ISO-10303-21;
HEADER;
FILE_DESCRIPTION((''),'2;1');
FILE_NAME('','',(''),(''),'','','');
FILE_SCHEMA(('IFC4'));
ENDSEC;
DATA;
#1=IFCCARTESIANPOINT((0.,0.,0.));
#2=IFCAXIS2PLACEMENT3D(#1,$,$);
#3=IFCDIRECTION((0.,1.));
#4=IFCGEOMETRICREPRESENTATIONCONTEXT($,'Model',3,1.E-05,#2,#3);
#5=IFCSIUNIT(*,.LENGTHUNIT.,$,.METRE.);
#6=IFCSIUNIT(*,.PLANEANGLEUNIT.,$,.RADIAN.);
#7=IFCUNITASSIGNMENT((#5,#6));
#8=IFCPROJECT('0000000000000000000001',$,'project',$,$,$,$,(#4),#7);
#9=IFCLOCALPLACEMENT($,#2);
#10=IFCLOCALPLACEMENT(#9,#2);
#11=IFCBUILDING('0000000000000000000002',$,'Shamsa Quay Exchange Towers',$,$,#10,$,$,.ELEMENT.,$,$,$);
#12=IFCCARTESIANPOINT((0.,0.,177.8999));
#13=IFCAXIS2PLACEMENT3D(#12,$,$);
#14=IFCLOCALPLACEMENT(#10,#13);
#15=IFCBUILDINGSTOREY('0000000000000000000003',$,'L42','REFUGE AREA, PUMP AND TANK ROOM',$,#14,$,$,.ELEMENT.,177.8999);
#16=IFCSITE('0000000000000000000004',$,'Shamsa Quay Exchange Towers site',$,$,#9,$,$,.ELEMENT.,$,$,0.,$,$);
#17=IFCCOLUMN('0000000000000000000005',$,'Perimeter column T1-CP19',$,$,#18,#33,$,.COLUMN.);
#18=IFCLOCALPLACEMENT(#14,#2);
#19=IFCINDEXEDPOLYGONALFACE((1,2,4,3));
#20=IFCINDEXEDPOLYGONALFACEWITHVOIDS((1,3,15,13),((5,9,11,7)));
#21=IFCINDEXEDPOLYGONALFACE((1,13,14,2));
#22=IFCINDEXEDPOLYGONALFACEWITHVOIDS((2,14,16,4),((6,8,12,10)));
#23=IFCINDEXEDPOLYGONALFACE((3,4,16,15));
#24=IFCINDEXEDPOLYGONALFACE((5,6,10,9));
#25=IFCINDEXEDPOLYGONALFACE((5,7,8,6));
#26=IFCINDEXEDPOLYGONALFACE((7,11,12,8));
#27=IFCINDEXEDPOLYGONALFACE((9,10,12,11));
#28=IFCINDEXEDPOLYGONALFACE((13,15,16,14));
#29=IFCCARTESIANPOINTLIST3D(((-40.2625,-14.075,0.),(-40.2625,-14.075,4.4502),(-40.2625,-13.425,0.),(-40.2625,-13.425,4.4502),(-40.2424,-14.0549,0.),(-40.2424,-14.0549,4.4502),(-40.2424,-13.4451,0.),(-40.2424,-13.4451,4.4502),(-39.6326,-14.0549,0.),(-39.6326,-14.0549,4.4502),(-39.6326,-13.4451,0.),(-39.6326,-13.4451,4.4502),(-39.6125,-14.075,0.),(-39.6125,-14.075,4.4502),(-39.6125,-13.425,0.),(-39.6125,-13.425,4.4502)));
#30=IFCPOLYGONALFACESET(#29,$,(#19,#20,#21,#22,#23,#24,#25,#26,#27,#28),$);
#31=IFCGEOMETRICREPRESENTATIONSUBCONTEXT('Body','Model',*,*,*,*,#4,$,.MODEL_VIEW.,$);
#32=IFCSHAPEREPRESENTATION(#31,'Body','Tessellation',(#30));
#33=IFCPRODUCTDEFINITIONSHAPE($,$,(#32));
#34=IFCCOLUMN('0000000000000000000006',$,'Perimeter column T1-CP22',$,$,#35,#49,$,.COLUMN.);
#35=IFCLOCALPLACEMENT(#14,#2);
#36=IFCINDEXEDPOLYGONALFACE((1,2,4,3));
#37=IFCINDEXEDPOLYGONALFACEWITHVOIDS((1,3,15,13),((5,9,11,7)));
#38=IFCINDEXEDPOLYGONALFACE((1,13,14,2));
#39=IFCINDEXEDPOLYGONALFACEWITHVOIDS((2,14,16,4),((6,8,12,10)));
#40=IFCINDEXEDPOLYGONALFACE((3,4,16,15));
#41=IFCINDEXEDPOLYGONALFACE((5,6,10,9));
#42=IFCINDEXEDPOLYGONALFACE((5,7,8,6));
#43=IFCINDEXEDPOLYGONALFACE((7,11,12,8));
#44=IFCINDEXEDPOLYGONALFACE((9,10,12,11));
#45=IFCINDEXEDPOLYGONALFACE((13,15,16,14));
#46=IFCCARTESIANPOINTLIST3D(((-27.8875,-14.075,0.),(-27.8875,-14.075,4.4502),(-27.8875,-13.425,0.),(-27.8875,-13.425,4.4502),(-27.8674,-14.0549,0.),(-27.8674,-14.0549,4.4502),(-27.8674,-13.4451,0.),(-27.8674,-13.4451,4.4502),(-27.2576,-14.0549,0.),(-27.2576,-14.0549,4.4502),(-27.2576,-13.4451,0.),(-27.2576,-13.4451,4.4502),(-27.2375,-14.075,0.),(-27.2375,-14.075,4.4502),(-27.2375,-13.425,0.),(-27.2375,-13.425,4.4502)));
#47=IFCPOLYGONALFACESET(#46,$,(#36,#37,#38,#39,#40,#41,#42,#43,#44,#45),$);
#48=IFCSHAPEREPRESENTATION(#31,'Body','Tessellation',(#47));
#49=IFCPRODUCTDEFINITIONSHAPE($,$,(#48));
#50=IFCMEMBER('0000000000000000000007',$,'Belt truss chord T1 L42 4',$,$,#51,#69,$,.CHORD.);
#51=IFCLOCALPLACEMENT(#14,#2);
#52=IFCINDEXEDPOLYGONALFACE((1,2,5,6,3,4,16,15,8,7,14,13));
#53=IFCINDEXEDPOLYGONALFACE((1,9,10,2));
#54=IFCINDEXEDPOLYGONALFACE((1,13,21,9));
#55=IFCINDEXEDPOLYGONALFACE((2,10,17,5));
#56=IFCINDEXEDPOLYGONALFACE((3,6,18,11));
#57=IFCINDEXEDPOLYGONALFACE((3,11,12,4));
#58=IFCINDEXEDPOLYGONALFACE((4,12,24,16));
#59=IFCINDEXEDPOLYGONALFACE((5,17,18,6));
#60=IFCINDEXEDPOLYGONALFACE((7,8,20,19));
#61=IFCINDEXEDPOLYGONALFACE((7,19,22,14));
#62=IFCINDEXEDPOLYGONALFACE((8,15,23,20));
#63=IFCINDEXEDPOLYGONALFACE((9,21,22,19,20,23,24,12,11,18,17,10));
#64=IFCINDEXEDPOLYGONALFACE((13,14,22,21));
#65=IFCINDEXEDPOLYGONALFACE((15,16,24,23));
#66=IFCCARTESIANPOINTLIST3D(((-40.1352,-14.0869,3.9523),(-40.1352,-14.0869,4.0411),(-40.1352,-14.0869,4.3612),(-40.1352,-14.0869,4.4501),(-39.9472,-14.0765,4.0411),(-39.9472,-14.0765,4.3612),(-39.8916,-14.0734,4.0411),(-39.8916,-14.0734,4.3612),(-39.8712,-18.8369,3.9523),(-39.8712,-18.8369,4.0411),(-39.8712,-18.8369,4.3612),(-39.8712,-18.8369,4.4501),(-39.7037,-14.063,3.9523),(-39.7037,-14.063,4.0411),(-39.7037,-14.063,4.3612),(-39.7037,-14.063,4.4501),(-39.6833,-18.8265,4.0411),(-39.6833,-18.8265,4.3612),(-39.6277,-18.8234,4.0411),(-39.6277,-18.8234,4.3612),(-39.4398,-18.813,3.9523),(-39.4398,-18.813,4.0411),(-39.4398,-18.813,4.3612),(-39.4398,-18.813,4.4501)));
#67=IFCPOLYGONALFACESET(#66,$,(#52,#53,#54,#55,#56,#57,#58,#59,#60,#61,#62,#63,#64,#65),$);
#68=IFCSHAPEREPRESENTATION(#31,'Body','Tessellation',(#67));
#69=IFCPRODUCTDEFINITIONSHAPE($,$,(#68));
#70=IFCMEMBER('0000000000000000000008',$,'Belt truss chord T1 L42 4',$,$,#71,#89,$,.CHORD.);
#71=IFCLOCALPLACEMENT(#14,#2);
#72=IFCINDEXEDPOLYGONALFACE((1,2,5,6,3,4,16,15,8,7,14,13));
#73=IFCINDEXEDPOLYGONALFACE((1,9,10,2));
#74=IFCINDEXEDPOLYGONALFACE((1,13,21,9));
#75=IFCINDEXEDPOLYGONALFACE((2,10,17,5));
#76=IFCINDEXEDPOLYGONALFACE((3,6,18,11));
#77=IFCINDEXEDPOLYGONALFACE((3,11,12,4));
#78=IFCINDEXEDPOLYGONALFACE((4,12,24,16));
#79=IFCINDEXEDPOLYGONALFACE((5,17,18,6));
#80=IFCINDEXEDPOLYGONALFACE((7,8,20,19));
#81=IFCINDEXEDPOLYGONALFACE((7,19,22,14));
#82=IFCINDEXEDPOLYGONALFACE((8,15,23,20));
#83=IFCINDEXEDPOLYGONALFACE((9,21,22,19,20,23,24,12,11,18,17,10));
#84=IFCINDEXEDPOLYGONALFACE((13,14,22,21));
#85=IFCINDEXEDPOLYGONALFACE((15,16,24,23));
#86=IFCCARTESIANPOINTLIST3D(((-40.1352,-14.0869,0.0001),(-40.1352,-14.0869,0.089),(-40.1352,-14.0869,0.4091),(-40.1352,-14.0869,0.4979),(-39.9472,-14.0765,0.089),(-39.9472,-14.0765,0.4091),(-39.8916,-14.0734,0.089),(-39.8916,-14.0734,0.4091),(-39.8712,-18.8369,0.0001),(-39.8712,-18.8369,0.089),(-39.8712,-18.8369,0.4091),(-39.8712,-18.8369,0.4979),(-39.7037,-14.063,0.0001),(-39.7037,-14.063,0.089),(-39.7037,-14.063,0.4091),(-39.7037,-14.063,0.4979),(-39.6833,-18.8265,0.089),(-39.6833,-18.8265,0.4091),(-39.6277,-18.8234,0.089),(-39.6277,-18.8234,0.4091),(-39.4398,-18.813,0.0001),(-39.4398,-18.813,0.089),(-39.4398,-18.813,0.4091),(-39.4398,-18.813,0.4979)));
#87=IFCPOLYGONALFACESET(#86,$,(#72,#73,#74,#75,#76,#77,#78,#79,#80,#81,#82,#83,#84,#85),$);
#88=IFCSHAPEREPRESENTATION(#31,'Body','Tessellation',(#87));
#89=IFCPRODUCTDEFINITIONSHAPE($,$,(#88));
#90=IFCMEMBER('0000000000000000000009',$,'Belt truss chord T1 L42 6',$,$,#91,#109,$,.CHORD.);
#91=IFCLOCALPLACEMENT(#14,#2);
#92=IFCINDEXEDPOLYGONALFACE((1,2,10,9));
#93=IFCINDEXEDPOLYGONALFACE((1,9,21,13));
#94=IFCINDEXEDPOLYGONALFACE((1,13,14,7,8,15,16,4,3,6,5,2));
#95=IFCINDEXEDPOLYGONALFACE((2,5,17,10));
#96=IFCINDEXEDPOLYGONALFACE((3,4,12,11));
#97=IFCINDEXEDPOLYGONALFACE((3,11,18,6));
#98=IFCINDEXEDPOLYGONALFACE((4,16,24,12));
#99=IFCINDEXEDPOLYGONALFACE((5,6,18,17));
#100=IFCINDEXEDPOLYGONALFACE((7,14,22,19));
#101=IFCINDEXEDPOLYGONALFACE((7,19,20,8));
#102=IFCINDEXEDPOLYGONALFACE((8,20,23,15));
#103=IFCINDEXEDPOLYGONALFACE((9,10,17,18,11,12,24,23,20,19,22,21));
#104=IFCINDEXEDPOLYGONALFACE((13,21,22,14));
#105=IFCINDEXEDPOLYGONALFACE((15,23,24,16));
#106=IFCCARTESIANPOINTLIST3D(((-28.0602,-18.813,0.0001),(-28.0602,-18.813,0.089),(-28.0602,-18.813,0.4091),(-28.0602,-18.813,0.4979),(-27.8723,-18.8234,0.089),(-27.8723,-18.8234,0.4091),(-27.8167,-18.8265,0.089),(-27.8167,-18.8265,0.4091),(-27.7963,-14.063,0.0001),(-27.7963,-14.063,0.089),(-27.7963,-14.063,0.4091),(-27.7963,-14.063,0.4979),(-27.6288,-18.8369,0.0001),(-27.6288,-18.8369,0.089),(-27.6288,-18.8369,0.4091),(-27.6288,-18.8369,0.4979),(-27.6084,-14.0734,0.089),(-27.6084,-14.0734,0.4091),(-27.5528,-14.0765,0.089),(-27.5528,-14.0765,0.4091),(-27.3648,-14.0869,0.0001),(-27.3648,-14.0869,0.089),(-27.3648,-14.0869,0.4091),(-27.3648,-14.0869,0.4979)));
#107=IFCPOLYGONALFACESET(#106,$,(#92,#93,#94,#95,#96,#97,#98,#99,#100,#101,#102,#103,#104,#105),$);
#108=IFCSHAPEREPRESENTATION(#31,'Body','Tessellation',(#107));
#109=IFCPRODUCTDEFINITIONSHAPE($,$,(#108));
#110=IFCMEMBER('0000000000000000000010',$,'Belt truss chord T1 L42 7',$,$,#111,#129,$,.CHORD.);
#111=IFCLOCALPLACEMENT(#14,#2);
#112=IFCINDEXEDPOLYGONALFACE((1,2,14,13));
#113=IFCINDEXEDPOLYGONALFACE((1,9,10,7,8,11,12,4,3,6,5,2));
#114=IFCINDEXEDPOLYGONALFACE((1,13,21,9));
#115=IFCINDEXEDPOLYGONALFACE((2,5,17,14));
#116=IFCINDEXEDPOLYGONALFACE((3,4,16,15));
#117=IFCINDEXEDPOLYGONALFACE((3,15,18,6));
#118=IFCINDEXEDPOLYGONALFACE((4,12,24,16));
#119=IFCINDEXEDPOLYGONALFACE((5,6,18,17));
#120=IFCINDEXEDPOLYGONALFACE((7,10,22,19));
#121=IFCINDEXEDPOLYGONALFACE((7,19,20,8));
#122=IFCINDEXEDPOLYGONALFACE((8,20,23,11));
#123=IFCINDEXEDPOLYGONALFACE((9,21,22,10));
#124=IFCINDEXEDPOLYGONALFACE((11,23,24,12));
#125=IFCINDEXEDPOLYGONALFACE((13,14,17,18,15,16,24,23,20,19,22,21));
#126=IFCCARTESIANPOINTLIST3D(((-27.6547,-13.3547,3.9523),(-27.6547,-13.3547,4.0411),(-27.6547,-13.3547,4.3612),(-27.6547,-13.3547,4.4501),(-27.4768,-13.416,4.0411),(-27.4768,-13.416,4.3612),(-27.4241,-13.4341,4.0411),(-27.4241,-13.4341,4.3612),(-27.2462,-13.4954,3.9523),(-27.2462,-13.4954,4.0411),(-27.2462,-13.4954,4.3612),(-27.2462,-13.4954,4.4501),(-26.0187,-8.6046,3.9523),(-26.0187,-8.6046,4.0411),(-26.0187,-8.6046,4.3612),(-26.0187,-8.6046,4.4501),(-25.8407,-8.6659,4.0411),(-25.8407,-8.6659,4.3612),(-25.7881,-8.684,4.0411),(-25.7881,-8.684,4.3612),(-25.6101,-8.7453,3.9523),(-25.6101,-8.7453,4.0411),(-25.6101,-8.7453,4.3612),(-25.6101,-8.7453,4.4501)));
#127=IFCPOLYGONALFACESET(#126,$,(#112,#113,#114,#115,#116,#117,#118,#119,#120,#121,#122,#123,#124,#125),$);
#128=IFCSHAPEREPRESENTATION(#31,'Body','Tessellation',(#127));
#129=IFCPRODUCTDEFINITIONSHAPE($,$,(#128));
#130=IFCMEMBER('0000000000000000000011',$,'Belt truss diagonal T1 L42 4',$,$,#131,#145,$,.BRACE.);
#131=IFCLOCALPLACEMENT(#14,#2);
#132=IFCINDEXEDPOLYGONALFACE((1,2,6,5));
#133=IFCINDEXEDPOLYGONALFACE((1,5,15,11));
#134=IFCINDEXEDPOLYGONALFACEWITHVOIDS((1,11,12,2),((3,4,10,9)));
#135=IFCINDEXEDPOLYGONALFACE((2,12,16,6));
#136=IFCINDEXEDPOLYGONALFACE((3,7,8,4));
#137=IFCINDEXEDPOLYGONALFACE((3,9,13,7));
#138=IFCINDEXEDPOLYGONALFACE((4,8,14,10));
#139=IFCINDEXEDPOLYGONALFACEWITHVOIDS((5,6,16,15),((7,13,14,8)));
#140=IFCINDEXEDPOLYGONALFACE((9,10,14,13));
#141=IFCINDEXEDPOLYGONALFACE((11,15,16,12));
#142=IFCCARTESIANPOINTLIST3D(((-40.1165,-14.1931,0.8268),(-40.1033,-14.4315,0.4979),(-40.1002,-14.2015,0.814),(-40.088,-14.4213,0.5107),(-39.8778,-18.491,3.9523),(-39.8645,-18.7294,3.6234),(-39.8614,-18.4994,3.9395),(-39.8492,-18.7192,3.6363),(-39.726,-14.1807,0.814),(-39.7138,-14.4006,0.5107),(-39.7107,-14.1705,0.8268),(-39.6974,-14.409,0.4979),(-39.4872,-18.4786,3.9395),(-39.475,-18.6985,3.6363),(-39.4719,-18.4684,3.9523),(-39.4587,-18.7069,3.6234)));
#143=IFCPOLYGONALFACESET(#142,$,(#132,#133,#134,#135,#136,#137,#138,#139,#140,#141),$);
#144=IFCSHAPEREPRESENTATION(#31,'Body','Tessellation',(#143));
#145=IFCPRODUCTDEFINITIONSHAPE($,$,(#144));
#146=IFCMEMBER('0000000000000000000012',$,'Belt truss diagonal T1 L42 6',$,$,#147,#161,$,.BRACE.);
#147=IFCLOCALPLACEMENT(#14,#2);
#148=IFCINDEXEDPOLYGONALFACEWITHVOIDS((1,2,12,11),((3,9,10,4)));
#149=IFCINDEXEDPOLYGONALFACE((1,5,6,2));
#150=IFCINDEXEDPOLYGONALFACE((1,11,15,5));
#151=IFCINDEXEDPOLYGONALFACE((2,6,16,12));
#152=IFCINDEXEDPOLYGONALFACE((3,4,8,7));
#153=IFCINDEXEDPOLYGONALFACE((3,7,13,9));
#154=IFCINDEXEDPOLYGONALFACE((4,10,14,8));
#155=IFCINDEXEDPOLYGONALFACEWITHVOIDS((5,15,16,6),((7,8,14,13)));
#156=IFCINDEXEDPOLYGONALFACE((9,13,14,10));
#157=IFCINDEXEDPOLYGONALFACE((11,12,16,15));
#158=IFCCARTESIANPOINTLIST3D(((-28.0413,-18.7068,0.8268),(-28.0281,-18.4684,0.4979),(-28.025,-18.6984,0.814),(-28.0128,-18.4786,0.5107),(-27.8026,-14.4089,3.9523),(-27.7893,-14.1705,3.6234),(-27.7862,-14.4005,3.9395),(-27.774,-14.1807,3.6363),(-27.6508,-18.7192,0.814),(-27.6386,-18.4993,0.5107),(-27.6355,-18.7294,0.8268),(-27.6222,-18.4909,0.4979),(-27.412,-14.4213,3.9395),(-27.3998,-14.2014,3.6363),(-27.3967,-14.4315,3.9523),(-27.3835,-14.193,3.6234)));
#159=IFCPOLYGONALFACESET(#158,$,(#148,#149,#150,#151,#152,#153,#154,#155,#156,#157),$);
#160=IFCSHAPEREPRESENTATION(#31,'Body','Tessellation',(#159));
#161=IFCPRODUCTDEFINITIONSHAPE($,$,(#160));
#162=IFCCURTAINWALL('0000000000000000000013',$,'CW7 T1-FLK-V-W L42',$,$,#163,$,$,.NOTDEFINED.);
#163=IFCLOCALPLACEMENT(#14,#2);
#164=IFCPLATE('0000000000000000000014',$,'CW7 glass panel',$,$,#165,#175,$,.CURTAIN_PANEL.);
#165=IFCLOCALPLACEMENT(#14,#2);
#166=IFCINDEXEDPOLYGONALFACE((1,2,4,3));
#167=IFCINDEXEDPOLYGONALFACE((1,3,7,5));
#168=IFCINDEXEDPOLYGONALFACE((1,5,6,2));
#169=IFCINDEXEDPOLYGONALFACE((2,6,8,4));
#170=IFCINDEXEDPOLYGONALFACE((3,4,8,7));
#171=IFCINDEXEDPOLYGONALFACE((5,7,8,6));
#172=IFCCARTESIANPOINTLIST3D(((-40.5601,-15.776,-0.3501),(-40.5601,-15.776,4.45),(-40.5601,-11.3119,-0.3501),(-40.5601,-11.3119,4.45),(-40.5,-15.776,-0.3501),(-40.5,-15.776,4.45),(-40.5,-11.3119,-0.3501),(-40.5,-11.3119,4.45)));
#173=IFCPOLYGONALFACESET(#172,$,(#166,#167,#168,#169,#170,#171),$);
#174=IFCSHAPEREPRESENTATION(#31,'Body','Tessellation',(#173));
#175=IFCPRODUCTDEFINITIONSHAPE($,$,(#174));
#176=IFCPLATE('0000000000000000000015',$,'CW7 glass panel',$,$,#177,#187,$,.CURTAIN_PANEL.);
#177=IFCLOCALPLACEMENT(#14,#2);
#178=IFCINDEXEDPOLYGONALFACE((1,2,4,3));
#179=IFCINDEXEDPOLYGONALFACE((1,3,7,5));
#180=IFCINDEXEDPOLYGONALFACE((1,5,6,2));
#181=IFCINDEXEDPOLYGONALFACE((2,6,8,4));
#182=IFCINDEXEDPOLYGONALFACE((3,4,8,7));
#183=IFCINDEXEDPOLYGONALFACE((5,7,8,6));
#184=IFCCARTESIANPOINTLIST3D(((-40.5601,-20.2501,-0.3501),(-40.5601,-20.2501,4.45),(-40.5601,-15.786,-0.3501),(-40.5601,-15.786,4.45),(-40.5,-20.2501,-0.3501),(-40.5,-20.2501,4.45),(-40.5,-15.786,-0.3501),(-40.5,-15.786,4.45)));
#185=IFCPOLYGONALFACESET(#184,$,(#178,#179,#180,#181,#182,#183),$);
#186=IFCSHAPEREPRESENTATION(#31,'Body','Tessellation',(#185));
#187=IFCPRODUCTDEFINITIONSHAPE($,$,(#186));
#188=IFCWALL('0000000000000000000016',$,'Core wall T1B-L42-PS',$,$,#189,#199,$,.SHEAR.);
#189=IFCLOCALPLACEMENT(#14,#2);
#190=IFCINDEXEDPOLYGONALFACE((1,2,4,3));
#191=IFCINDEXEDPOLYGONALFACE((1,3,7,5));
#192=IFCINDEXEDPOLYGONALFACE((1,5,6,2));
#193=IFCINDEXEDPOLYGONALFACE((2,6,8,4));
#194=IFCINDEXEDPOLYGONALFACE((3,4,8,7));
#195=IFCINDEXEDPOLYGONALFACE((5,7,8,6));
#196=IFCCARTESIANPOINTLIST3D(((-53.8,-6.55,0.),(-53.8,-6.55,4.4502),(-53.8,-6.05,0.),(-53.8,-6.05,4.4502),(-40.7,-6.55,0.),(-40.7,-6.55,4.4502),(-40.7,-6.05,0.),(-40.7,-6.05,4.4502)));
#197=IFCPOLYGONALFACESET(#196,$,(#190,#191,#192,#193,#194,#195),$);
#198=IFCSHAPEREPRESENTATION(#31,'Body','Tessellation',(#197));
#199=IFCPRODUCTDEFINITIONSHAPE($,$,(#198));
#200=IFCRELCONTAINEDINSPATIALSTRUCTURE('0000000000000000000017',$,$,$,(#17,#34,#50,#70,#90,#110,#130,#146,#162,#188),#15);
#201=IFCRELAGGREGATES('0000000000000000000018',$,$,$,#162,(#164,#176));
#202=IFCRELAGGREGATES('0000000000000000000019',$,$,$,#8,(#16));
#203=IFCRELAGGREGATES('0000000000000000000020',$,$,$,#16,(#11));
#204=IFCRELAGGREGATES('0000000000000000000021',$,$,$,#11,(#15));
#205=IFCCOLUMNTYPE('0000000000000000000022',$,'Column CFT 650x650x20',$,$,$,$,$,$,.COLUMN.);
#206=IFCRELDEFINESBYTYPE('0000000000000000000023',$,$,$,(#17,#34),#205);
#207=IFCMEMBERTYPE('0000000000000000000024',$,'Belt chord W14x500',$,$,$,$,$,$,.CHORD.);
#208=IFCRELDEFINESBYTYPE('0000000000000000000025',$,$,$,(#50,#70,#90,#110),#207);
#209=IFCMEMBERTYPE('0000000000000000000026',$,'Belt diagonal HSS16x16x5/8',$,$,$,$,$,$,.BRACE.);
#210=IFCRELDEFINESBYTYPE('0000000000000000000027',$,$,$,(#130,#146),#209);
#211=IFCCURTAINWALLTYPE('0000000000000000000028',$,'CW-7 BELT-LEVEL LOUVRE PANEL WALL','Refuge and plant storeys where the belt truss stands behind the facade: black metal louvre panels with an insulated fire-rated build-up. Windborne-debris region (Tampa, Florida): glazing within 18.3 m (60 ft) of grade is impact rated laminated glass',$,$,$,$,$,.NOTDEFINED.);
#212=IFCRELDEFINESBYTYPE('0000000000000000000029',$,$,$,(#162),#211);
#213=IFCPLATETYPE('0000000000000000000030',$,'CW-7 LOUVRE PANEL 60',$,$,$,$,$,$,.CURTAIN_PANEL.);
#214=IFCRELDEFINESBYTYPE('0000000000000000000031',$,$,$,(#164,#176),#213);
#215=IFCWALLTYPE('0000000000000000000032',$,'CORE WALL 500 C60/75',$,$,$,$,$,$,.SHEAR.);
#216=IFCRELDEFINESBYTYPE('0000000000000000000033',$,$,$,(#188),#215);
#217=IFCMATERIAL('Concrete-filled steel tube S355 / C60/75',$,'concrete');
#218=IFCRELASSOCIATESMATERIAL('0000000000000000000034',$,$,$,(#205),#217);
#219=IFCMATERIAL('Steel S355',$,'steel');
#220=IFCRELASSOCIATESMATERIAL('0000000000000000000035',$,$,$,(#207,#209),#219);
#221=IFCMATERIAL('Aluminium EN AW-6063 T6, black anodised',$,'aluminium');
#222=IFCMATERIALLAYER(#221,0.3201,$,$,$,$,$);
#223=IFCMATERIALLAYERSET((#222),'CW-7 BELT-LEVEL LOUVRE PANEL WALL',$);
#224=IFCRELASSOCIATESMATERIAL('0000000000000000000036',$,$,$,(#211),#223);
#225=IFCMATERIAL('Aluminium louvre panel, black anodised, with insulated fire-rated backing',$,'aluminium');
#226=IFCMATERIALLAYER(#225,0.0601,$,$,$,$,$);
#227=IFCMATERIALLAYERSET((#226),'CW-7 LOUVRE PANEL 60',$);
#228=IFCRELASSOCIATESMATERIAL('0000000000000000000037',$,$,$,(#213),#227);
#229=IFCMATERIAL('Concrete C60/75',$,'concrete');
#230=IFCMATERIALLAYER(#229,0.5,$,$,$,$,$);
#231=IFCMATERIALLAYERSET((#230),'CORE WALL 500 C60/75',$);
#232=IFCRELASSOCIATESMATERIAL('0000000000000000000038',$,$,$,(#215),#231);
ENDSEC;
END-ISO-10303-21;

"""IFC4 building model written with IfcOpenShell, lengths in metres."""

from ifc_helpers import new_model, si_unit, direction, frame, frame_2d, origin, origin_2d, place, context, subcontext, project, spatial, rectangle, hollow_rectangle, i_section, extrude, material, layer, layer_set, material_profile, profile_set, type_object, element, aggregate, save


model = new_model("IFC4")

# Units and contexts
model_context = context("Model", 3, precision=1e-05, world=origin(), true_north=direction((0.0, 1.0)))
body_context = subcontext(model_context, "Body", "Model", "MODEL_VIEW")
ifc_project = project(units=[si_unit("LENGTHUNIT", "METRE"), si_unit("PLANEANGLEUNIT", "RADIAN")], contexts=[model_context])

# Site, building, storey
site_placement = place(None, origin())
site = spatial("IfcSite", under=ifc_project, at=site_placement, Name="Shamsa Quay Exchange Towers site", CompositionType="ELEMENT", RefElevation=0.0)
building_placement = place(site_placement, origin())
building = spatial("IfcBuilding", under=site, at=building_placement, Name="Shamsa Quay Exchange Towers", CompositionType="ELEMENT")
storey_placement = place(building_placement, frame((0.0, 0.0, 177.8999)))
storey = spatial("IfcBuildingStorey", under=building, at=storey_placement, Name="L42", Description="REFUGE AREA, PUMP AND TANK ROOM", CompositionType="ELEMENT", Elevation=177.8999)

# Columns
ifc_material_1 = material(Name="Concrete-filled steel tube S355 / C60/75", Category="concrete")
ifc_material_profile_1 = material_profile(ifc_material_1, hollow_rectangle(XDim=0.6499, YDim=0.6499, WallThickness=0.02, at=origin_2d()), Name="CFT 650x650x20")
ifc_profile_set_1 = profile_set([ifc_material_profile_1], Name="Concrete-filled steel tube S355 / C60/75")
column_type = type_object("IfcColumnType", Name="Column CFT 650x650x20", PredefinedType="COLUMN", material=ifc_profile_set_1)
for number, where, name in (
    (1, (-39.9375, -13.75, 0.0), "Perimeter column T1-CP19"),
    (2, (-27.5625, -13.75, 0.0), "Perimeter column T1-CP22"),
):
    element("IfcColumn", number, at=place(storey_placement, frame(where)), inside=storey, type_object=column_type, Name=name, PredefinedType="COLUMN", context=body_context, shape_type="SweptSolid", body=[
        extrude(hollow_rectangle(XDim=0.6499, YDim=0.6499, WallThickness=0.02, at=origin_2d()), origin(), (0.0, 0.0, 1.0), 4.4502),
    ])

# Members
ifc_material_2 = material(Name="Steel S355", Category="steel")
ifc_material_profile_2 = material_profile(ifc_material_2, i_section(OverallWidth=0.4321, OverallDepth=0.4978, WebThickness=0.0557, FlangeThickness=0.0889, at=origin_2d()), Name="W14x500")
ifc_profile_set_2 = profile_set([ifc_material_profile_2], Name="Steel S355")
member_type_1 = type_object("IfcMemberType", Name="Belt chord W14x500", PredefinedType="CHORD", material=ifc_profile_set_2)
for number, where, z_axis, x_axis, name in (
    (3, (-39.9194, -14.075, 4.2012), (0.055476, -0.99846, 0.0), (0.99846, 0.055476, 0.0), "Belt truss chord T1 L42 4"),
    (4, (-39.9194, -14.075, 0.249), (0.055476, -0.99846, 0.0), (0.99846, 0.055476, 0.0), "Belt truss chord T1 L42 4"),
    (5, (-27.8445, -18.825, 0.249), (0.055476, 0.99846, 0.0), (-0.99846, 0.055476, 0.0), "Belt truss chord T1 L42 6"),
):
    element("IfcMember", number, at=place(storey_placement, frame(where, z_axis=z_axis, x_axis=x_axis)), inside=storey, type_object=member_type_1, Name=name, PredefinedType="CHORD", context=body_context, shape_type="SweptSolid", body=[
        extrude(i_section(OverallWidth=0.4321, OverallDepth=0.4978, WebThickness=0.0557, FlangeThickness=0.0889, at=origin_2d()), origin(), (0.0, 0.0, 1.0), 4.7573),
    ])
member_placement = place(storey_placement, frame((-27.4504, -13.425, 4.2012), z_axis=(0.325645, 0.945492, 0.0), x_axis=(-0.945492, 0.325645, 0.0)))
element("IfcMember", 6, at=member_placement, inside=storey, type_object=member_type_1, Name="Belt truss chord T1 L42 7", PredefinedType="CHORD", context=body_context, shape_type="SweptSolid", body=[
    extrude(i_section(OverallWidth=0.4321, OverallDepth=0.4978, WebThickness=0.0557, FlangeThickness=0.0889, at=origin_2d()), origin(), (0.0, 0.0, 1.0), 5.0239),
])
ifc_material_profile_3 = material_profile(ifc_material_2, hollow_rectangle(XDim=0.4065, YDim=0.4065, WallThickness=0.0159, at=origin_2d()), Name="HSS16x16x5/8")
ifc_profile_set_3 = profile_set([ifc_material_profile_3], Name="Steel S355")
member_type_2 = type_object("IfcMemberType", Name="Belt diagonal HSS16x16x5/8", PredefinedType="BRACE", material=ifc_profile_set_3)
for number, where, z_axis, x_axis, name in (
    (7, (-39.907, -14.301, 0.6624), (0.044886, -0.807941, 0.587552), (0.99846, 0.05547, 0.0), "Belt truss diagonal T1 L42 4"),
    (8, (-27.8318, -18.5989, 0.6624), (0.044886, 0.807941, 0.587552), (-0.99846, 0.05547, 0.0), "Belt truss diagonal T1 L42 6"),
):
    element("IfcMember", number, at=place(storey_placement, frame(where, z_axis=z_axis, x_axis=x_axis)), inside=storey, type_object=member_type_2, Name=name, PredefinedType="BRACE", context=body_context, shape_type="SweptSolid", body=[
        extrude(hollow_rectangle(XDim=0.4065, YDim=0.4065, WallThickness=0.0159, at=origin_2d()), origin(), (0.0, 0.0, 1.0), 5.3196),
    ])

# Curtain wall, plates
ifc_material_3 = material(Name="Aluminium EN AW-6063 T6, black anodised", Category="aluminium")
ifc_layer_1 = layer(ifc_material_3, 0.3201)
ifc_layer_set_1 = layer_set([ifc_layer_1], Name="CW-7 BELT-LEVEL LOUVRE PANEL WALL")
curtain_wall_type = type_object("IfcCurtainWallType", Name="CW-7 BELT-LEVEL LOUVRE PANEL WALL", Description="Refuge and plant storeys where the belt truss stands behind the facade: black metal louvre panels with an insulated fire-rated build-up. Windborne-debris region (Tampa, Florida): glazing within 18.3 m (60 ft) of grade is impact rated laminated glass", PredefinedType="NOTDEFINED", material=ifc_layer_set_1)
curtain_wall_placement = place(storey_placement, origin())
curtain_wall = element("IfcCurtainWall", 9, at=curtain_wall_placement, inside=storey, type_object=curtain_wall_type, Name="CW7 T1-FLK-V-W L42", PredefinedType="NOTDEFINED")
ifc_material_4 = material(Name="Aluminium louvre panel, black anodised, with insulated fire-rated backing", Category="aluminium")
ifc_layer_2 = layer(ifc_material_4, 0.0601)
ifc_layer_set_2 = layer_set([ifc_layer_2], Name="CW-7 LOUVRE PANEL 60")
plate_type = type_object("IfcPlateType", Name="CW-7 LOUVRE PANEL 60", PredefinedType="CURTAIN_PANEL", material=ifc_layer_set_2)
plate_1_placement = place(storey_placement, frame((-40.53, -13.5439, -0.3501), z_axis=(0.0, 0.0, 1.0), x_axis=(0.0, -1.0, 0.0)))
plate_1 = element("IfcPlate", 10, at=plate_1_placement, type_object=plate_type, Name="CW7 glass panel", PredefinedType="CURTAIN_PANEL", context=body_context, shape_type="SweptSolid", body=[
    extrude(rectangle(XDim=4.4641, YDim=0.0601, at=origin_2d()), origin(), (0.0, 0.0, 1.0), 4.8),
])
plate_2_placement = place(storey_placement, frame((-40.53, -18.0181, -0.3501), z_axis=(0.0, 0.0, 1.0), x_axis=(0.0, -1.0, 0.0)))
plate_2 = element("IfcPlate", 11, at=plate_2_placement, type_object=plate_type, Name="CW7 glass panel", PredefinedType="CURTAIN_PANEL", context=body_context, shape_type="SweptSolid", body=[
    extrude(rectangle(XDim=4.4641, YDim=0.0601, at=origin_2d()), origin(), (0.0, 0.0, 1.0), 4.8),
])
aggregate(curtain_wall, [plate_1, plate_2])

# Wall
ifc_material_5 = material(Name="Concrete C60/75", Category="concrete")
ifc_layer_3 = layer(ifc_material_5, 0.5)
ifc_layer_set_3 = layer_set([ifc_layer_3], Name="CORE WALL 500 C60/75")
wall_type_1 = type_object("IfcWallType", Name="CORE WALL 500 C60/75", PredefinedType="SHEAR", material=ifc_layer_set_3)
wall_1_placement = place(storey_placement, frame((-40.7, -6.3, 0.0), z_axis=(0.0, 0.0, 1.0), x_axis=(-1.0, 0.0, 0.0)))
element("IfcWall", 12, at=wall_1_placement, inside=storey, type_object=wall_type_1, Name="Core wall T1B-L42-PS", PredefinedType="SHEAR", context=body_context, shape_type="SweptSolid", body=[
    extrude(rectangle(XDim=13.1001, YDim=0.5, at=frame_2d((6.55, 0.0))), origin(), (0.0, 0.0, 1.0), 4.4502),
])

save(model, "model.ifc")
